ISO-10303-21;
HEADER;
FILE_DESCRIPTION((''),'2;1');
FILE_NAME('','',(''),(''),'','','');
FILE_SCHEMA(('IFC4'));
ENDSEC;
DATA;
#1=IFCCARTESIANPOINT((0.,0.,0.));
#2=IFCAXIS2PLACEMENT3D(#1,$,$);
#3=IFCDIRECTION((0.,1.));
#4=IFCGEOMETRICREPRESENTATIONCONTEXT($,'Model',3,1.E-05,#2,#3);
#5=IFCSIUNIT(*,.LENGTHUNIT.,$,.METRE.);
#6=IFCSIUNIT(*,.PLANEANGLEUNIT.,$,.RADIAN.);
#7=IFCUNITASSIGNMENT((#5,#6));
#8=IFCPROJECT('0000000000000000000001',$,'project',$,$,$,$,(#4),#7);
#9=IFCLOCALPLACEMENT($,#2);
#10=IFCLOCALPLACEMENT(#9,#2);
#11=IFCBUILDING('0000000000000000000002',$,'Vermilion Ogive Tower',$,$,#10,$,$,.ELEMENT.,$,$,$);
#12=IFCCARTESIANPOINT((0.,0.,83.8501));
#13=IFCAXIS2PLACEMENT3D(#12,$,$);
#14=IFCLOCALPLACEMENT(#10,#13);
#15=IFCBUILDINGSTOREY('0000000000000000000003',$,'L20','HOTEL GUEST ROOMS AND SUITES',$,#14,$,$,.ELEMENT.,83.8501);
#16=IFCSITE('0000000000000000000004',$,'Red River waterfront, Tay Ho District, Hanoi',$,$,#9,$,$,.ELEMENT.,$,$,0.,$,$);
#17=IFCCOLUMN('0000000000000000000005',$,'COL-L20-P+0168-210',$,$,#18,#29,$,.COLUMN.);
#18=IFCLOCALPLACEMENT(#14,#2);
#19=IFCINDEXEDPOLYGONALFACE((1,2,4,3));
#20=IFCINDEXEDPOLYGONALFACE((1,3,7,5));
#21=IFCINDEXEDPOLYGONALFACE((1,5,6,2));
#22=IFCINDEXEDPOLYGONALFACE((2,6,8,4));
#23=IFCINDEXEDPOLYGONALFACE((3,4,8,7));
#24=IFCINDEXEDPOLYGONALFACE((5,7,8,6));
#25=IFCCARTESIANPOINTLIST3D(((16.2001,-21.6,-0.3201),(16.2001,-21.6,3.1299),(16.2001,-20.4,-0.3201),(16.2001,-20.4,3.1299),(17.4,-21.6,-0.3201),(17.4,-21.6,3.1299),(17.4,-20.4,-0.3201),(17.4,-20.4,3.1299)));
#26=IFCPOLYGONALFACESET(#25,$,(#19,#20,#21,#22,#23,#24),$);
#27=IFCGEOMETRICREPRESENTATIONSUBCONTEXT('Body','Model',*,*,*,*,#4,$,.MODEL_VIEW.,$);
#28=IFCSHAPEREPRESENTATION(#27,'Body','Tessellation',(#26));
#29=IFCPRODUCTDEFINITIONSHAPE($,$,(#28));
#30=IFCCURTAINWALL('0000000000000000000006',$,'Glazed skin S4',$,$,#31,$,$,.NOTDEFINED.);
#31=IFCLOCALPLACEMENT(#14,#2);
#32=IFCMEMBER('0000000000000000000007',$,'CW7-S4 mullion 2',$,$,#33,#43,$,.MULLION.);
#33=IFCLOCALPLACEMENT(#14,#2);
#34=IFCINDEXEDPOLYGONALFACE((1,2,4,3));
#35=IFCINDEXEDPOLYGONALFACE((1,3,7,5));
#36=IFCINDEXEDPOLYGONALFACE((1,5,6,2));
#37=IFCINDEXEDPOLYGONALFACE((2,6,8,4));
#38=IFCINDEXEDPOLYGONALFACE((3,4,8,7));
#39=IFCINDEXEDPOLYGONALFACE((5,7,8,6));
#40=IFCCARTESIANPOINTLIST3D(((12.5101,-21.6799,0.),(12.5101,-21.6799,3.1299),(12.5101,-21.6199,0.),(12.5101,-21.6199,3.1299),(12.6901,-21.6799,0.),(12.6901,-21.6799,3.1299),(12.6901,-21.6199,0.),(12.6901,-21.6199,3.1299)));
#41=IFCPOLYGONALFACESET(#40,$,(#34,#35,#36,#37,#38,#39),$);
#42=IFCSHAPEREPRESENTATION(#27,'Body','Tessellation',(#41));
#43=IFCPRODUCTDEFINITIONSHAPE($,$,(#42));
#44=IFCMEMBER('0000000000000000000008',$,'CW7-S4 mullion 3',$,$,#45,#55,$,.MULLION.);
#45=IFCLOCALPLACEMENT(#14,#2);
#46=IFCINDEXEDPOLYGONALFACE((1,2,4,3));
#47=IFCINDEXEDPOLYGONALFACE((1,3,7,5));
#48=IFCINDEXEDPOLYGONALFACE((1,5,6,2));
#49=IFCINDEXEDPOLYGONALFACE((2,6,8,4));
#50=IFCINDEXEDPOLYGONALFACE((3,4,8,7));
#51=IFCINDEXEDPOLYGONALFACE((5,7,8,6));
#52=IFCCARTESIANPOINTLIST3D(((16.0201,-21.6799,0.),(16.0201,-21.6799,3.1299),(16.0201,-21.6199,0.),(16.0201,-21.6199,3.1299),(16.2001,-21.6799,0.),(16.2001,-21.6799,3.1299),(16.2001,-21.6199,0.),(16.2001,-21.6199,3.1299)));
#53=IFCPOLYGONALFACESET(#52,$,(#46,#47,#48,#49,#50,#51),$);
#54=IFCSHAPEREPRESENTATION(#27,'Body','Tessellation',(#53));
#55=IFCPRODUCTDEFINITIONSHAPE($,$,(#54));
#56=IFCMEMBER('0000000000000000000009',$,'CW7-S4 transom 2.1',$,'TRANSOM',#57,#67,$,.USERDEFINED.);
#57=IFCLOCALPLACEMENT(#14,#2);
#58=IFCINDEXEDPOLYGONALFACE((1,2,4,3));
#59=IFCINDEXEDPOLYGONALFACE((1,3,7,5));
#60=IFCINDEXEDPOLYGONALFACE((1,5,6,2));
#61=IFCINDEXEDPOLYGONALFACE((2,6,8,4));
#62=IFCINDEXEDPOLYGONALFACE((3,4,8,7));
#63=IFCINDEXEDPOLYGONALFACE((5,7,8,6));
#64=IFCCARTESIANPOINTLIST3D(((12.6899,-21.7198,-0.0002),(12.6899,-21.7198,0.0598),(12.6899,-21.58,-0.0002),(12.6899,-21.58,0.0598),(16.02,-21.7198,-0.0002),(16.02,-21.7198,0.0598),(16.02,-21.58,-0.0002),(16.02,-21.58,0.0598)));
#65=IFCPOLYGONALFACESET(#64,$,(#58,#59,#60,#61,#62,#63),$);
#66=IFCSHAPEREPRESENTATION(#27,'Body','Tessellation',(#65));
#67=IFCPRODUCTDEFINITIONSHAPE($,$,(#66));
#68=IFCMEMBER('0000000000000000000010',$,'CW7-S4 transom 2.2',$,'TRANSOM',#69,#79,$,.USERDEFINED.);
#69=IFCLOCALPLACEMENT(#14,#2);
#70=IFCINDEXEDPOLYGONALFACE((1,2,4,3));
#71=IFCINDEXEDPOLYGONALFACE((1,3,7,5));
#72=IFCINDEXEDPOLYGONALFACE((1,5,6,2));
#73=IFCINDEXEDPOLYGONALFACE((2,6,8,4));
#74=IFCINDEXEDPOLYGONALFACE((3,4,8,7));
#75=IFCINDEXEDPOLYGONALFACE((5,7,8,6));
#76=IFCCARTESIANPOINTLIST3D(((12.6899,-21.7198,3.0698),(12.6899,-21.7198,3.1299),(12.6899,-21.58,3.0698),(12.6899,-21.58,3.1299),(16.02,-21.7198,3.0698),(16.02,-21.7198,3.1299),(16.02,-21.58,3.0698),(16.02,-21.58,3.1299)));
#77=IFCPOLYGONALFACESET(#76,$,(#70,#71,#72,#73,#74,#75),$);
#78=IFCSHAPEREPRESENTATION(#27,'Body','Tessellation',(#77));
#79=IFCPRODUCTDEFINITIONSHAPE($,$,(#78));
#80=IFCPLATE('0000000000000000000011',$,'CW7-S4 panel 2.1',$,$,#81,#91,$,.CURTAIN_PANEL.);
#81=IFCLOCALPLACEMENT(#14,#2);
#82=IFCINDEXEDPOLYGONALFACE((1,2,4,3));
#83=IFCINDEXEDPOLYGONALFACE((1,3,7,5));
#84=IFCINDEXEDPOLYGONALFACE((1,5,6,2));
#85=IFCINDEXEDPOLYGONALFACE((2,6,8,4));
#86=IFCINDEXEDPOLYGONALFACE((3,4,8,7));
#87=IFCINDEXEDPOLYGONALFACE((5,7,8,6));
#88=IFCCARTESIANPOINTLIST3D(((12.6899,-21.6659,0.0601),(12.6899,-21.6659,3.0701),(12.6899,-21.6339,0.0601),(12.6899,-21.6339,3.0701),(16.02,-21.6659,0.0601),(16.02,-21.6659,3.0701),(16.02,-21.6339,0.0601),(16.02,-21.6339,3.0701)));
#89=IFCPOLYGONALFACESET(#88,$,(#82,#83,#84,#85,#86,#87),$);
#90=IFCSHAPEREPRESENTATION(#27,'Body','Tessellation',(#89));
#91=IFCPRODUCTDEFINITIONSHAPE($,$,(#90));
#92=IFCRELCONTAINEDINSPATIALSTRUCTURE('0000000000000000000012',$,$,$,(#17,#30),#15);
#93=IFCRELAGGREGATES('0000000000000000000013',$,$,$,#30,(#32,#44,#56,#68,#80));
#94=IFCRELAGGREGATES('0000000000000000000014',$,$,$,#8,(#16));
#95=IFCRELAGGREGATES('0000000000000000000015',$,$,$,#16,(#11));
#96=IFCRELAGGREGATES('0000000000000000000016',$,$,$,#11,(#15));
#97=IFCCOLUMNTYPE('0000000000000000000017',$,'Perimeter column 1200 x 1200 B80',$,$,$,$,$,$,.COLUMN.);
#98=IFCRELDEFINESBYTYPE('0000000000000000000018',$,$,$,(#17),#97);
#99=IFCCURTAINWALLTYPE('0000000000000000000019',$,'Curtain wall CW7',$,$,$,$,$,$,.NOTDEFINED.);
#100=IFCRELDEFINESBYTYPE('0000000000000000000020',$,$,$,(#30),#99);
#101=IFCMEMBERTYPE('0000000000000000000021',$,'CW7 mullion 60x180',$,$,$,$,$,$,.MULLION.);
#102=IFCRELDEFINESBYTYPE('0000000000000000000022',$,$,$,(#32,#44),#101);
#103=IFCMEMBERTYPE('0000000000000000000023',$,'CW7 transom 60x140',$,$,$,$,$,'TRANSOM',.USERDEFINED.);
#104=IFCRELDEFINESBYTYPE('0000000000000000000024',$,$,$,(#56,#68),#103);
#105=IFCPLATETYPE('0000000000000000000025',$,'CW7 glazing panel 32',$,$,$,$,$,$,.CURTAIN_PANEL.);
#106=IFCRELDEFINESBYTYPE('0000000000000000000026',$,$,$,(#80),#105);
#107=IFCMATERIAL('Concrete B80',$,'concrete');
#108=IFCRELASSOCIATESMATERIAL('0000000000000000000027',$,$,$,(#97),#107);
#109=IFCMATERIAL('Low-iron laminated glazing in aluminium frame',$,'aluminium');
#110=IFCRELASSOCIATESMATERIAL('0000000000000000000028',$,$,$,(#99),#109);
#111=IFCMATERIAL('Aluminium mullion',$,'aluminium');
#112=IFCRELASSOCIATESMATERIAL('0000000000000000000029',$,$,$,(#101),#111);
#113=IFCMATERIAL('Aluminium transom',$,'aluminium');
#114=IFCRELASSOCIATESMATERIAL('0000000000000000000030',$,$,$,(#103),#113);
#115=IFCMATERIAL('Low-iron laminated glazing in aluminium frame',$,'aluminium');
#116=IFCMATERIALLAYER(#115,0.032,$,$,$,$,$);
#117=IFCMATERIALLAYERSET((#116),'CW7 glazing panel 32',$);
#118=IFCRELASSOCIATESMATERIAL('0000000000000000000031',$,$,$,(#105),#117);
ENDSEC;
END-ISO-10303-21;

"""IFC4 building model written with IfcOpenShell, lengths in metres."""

from ifc_helpers import new_model, si_unit, direction, frame, origin, origin_2d, place, context, subcontext, project, spatial, rectangle, extrude, material, layer, layer_set, material_profile, profile_set, type_object, element, aggregate, save


model = new_model("IFC4")

# Units and contexts
model_context = context("Model", 3, precision=1e-05, world=origin(), true_north=direction((0.0, 1.0)))
body_context = subcontext(model_context, "Body", "Model", "MODEL_VIEW")
ifc_project = project(units=[si_unit("LENGTHUNIT", "METRE"), si_unit("PLANEANGLEUNIT", "RADIAN")], contexts=[model_context])

# Site, building, storey
site_placement = place(None, origin())
site = spatial("IfcSite", under=ifc_project, at=site_placement, Name="Red River waterfront, Tay Ho District, Hanoi", CompositionType="ELEMENT", RefElevation=0.0)
building_placement = place(site_placement, origin())
building = spatial("IfcBuilding", under=site, at=building_placement, Name="Vermilion Ogive Tower", CompositionType="ELEMENT")
storey_placement = place(building_placement, frame((0.0, 0.0, 83.8501)))
storey = spatial("IfcBuildingStorey", under=building, at=storey_placement, Name="L20", Description="HOTEL GUEST ROOMS AND SUITES", CompositionType="ELEMENT", Elevation=83.8501)

# Column
ifc_material_1 = material(Name="Concrete B80", Category="concrete")
ifc_material_profile_1 = material_profile(ifc_material_1, rectangle(XDim=1.2, YDim=1.2, at=origin_2d()), Name="1200 x 1200")
ifc_profile_set_1 = profile_set([ifc_material_profile_1], Name="Concrete B80")
column_type = type_object("IfcColumnType", Name="Perimeter column 1200 x 1200 B80", PredefinedType="COLUMN", material=ifc_profile_set_1)
column_placement = place(storey_placement, frame((16.8, -21.0, -0.3201), z_axis=(0.0, 0.0, 1.0), x_axis=(1.0, 0.0, 0.0)))
element("IfcColumn", 1, at=column_placement, inside=storey, type_object=column_type, Name="COL-L20-P+0168-210", PredefinedType="COLUMN", context=body_context, shape_type="SweptSolid", body=[
    extrude(rectangle(XDim=1.2, YDim=1.2, at=origin_2d()), origin(), (0.0, 0.0, 1.0), 3.45),
])

# Curtain wall, members, plate
ifc_material_2 = material(Name="Low-iron laminated glazing in aluminium frame", Category="aluminium")
curtain_wall_type = type_object("IfcCurtainWallType", Name="Curtain wall CW7", PredefinedType="NOTDEFINED", material=ifc_material_2)
curtain_wall_placement = place(storey_placement, origin())
curtain_wall = element("IfcCurtainWall", 2, at=curtain_wall_placement, inside=storey, type_object=curtain_wall_type, Name="Glazed skin S4", PredefinedType="NOTDEFINED")
ifc_material_3 = material(Name="Aluminium mullion", Category="aluminium")
ifc_material_profile_2 = material_profile(ifc_material_3, rectangle(XDim=0.0601, YDim=0.1799, at=origin_2d()), Name="AL 60x180")
ifc_profile_set_2 = profile_set([ifc_material_profile_2], Name="Aluminium mullion")
member_type_1 = type_object("IfcMemberType", Name="CW7 mullion 60x180", PredefinedType="MULLION", material=ifc_profile_set_2)
member_1_placement = place(storey_placement, frame((12.6001, -21.6499, 0.0), z_axis=(0.0, 0.0, 1.0), x_axis=(0.0, 1.0, 0.0)))
member_1 = element("IfcMember", 3, at=member_1_placement, type_object=member_type_1, Name="CW7-S4 mullion 2", PredefinedType="MULLION", context=body_context, shape_type="SweptSolid", body=[
    extrude(rectangle(XDim=0.0601, YDim=0.1799, at=origin_2d()), origin(), (0.0, 0.0, 1.0), 3.1299),
])
member_2_placement = place(storey_placement, frame((16.1101, -21.6499, 0.0), z_axis=(0.0, 0.0, 1.0), x_axis=(0.0, 1.0, 0.0)))
member_2 = element("IfcMember", 4, at=member_2_placement, type_object=member_type_1, Name="CW7-S4 mullion 3", PredefinedType="MULLION", context=body_context, shape_type="SweptSolid", body=[
    extrude(rectangle(XDim=0.0601, YDim=0.1799, at=origin_2d()), origin(), (0.0, 0.0, 1.0), 3.1299),
])
ifc_material_4 = material(Name="Aluminium transom", Category="aluminium")
ifc_material_profile_3 = material_profile(ifc_material_4, rectangle(XDim=0.1399, YDim=0.0601, at=origin_2d()), Name="AL 60x140")
ifc_profile_set_3 = profile_set([ifc_material_profile_3], Name="Aluminium transom")
member_type_2 = type_object("IfcMemberType", Name="CW7 transom 60x140", ElementType="TRANSOM", PredefinedType="USERDEFINED", material=ifc_profile_set_3)
member_3_placement = place(storey_placement, frame((12.6899, -21.6499, 0.0298), z_axis=(1.0, 0.0, 0.0), x_axis=(0.0, 1.0, 0.0)))
member_3 = element("IfcMember", 5, at=member_3_placement, type_object=member_type_2, Name="CW7-S4 transom 2.1", ObjectType="TRANSOM", PredefinedType="USERDEFINED", context=body_context, shape_type="SweptSolid", body=[
    extrude(rectangle(XDim=0.1399, YDim=0.0601, at=origin_2d()), origin(), (0.0, 0.0, 1.0), 3.3301),
])
member_4_placement = place(storey_placement, frame((12.6899, -21.6499, 3.0999), z_axis=(1.0, 0.0, 0.0), x_axis=(0.0, 1.0, 0.0)))
member_4 = element("IfcMember", 6, at=member_4_placement, type_object=member_type_2, Name="CW7-S4 transom 2.2", ObjectType="TRANSOM", PredefinedType="USERDEFINED", context=body_context, shape_type="SweptSolid", body=[
    extrude(rectangle(XDim=0.1399, YDim=0.0601, at=origin_2d()), origin(), (0.0, 0.0, 1.0), 3.3301),
])
ifc_material_5 = material(Name="Low-iron laminated glazing in aluminium frame", Category="aluminium")
ifc_layer_1 = layer(ifc_material_5, 0.032)
ifc_layer_set_1 = layer_set([ifc_layer_1], Name="CW7 glazing panel 32")
plate_type = type_object("IfcPlateType", Name="CW7 glazing panel 32", PredefinedType="CURTAIN_PANEL", material=ifc_layer_set_1)
plate_placement = place(storey_placement, frame((14.355, -21.6499, 0.0601), z_axis=(0.0, 0.0, 1.0), x_axis=(1.0, 0.0, 0.0)))
plate = element("IfcPlate", 7, at=plate_placement, type_object=plate_type, Name="CW7-S4 panel 2.1", PredefinedType="CURTAIN_PANEL", context=body_context, shape_type="SweptSolid", body=[
    extrude(rectangle(XDim=3.3301, YDim=0.032, at=origin_2d()), origin(), (0.0, 0.0, 1.0), 3.01),
])
aggregate(curtain_wall, [member_1, member_2, member_3, member_4, plate])

save(model, "model.ifc")
